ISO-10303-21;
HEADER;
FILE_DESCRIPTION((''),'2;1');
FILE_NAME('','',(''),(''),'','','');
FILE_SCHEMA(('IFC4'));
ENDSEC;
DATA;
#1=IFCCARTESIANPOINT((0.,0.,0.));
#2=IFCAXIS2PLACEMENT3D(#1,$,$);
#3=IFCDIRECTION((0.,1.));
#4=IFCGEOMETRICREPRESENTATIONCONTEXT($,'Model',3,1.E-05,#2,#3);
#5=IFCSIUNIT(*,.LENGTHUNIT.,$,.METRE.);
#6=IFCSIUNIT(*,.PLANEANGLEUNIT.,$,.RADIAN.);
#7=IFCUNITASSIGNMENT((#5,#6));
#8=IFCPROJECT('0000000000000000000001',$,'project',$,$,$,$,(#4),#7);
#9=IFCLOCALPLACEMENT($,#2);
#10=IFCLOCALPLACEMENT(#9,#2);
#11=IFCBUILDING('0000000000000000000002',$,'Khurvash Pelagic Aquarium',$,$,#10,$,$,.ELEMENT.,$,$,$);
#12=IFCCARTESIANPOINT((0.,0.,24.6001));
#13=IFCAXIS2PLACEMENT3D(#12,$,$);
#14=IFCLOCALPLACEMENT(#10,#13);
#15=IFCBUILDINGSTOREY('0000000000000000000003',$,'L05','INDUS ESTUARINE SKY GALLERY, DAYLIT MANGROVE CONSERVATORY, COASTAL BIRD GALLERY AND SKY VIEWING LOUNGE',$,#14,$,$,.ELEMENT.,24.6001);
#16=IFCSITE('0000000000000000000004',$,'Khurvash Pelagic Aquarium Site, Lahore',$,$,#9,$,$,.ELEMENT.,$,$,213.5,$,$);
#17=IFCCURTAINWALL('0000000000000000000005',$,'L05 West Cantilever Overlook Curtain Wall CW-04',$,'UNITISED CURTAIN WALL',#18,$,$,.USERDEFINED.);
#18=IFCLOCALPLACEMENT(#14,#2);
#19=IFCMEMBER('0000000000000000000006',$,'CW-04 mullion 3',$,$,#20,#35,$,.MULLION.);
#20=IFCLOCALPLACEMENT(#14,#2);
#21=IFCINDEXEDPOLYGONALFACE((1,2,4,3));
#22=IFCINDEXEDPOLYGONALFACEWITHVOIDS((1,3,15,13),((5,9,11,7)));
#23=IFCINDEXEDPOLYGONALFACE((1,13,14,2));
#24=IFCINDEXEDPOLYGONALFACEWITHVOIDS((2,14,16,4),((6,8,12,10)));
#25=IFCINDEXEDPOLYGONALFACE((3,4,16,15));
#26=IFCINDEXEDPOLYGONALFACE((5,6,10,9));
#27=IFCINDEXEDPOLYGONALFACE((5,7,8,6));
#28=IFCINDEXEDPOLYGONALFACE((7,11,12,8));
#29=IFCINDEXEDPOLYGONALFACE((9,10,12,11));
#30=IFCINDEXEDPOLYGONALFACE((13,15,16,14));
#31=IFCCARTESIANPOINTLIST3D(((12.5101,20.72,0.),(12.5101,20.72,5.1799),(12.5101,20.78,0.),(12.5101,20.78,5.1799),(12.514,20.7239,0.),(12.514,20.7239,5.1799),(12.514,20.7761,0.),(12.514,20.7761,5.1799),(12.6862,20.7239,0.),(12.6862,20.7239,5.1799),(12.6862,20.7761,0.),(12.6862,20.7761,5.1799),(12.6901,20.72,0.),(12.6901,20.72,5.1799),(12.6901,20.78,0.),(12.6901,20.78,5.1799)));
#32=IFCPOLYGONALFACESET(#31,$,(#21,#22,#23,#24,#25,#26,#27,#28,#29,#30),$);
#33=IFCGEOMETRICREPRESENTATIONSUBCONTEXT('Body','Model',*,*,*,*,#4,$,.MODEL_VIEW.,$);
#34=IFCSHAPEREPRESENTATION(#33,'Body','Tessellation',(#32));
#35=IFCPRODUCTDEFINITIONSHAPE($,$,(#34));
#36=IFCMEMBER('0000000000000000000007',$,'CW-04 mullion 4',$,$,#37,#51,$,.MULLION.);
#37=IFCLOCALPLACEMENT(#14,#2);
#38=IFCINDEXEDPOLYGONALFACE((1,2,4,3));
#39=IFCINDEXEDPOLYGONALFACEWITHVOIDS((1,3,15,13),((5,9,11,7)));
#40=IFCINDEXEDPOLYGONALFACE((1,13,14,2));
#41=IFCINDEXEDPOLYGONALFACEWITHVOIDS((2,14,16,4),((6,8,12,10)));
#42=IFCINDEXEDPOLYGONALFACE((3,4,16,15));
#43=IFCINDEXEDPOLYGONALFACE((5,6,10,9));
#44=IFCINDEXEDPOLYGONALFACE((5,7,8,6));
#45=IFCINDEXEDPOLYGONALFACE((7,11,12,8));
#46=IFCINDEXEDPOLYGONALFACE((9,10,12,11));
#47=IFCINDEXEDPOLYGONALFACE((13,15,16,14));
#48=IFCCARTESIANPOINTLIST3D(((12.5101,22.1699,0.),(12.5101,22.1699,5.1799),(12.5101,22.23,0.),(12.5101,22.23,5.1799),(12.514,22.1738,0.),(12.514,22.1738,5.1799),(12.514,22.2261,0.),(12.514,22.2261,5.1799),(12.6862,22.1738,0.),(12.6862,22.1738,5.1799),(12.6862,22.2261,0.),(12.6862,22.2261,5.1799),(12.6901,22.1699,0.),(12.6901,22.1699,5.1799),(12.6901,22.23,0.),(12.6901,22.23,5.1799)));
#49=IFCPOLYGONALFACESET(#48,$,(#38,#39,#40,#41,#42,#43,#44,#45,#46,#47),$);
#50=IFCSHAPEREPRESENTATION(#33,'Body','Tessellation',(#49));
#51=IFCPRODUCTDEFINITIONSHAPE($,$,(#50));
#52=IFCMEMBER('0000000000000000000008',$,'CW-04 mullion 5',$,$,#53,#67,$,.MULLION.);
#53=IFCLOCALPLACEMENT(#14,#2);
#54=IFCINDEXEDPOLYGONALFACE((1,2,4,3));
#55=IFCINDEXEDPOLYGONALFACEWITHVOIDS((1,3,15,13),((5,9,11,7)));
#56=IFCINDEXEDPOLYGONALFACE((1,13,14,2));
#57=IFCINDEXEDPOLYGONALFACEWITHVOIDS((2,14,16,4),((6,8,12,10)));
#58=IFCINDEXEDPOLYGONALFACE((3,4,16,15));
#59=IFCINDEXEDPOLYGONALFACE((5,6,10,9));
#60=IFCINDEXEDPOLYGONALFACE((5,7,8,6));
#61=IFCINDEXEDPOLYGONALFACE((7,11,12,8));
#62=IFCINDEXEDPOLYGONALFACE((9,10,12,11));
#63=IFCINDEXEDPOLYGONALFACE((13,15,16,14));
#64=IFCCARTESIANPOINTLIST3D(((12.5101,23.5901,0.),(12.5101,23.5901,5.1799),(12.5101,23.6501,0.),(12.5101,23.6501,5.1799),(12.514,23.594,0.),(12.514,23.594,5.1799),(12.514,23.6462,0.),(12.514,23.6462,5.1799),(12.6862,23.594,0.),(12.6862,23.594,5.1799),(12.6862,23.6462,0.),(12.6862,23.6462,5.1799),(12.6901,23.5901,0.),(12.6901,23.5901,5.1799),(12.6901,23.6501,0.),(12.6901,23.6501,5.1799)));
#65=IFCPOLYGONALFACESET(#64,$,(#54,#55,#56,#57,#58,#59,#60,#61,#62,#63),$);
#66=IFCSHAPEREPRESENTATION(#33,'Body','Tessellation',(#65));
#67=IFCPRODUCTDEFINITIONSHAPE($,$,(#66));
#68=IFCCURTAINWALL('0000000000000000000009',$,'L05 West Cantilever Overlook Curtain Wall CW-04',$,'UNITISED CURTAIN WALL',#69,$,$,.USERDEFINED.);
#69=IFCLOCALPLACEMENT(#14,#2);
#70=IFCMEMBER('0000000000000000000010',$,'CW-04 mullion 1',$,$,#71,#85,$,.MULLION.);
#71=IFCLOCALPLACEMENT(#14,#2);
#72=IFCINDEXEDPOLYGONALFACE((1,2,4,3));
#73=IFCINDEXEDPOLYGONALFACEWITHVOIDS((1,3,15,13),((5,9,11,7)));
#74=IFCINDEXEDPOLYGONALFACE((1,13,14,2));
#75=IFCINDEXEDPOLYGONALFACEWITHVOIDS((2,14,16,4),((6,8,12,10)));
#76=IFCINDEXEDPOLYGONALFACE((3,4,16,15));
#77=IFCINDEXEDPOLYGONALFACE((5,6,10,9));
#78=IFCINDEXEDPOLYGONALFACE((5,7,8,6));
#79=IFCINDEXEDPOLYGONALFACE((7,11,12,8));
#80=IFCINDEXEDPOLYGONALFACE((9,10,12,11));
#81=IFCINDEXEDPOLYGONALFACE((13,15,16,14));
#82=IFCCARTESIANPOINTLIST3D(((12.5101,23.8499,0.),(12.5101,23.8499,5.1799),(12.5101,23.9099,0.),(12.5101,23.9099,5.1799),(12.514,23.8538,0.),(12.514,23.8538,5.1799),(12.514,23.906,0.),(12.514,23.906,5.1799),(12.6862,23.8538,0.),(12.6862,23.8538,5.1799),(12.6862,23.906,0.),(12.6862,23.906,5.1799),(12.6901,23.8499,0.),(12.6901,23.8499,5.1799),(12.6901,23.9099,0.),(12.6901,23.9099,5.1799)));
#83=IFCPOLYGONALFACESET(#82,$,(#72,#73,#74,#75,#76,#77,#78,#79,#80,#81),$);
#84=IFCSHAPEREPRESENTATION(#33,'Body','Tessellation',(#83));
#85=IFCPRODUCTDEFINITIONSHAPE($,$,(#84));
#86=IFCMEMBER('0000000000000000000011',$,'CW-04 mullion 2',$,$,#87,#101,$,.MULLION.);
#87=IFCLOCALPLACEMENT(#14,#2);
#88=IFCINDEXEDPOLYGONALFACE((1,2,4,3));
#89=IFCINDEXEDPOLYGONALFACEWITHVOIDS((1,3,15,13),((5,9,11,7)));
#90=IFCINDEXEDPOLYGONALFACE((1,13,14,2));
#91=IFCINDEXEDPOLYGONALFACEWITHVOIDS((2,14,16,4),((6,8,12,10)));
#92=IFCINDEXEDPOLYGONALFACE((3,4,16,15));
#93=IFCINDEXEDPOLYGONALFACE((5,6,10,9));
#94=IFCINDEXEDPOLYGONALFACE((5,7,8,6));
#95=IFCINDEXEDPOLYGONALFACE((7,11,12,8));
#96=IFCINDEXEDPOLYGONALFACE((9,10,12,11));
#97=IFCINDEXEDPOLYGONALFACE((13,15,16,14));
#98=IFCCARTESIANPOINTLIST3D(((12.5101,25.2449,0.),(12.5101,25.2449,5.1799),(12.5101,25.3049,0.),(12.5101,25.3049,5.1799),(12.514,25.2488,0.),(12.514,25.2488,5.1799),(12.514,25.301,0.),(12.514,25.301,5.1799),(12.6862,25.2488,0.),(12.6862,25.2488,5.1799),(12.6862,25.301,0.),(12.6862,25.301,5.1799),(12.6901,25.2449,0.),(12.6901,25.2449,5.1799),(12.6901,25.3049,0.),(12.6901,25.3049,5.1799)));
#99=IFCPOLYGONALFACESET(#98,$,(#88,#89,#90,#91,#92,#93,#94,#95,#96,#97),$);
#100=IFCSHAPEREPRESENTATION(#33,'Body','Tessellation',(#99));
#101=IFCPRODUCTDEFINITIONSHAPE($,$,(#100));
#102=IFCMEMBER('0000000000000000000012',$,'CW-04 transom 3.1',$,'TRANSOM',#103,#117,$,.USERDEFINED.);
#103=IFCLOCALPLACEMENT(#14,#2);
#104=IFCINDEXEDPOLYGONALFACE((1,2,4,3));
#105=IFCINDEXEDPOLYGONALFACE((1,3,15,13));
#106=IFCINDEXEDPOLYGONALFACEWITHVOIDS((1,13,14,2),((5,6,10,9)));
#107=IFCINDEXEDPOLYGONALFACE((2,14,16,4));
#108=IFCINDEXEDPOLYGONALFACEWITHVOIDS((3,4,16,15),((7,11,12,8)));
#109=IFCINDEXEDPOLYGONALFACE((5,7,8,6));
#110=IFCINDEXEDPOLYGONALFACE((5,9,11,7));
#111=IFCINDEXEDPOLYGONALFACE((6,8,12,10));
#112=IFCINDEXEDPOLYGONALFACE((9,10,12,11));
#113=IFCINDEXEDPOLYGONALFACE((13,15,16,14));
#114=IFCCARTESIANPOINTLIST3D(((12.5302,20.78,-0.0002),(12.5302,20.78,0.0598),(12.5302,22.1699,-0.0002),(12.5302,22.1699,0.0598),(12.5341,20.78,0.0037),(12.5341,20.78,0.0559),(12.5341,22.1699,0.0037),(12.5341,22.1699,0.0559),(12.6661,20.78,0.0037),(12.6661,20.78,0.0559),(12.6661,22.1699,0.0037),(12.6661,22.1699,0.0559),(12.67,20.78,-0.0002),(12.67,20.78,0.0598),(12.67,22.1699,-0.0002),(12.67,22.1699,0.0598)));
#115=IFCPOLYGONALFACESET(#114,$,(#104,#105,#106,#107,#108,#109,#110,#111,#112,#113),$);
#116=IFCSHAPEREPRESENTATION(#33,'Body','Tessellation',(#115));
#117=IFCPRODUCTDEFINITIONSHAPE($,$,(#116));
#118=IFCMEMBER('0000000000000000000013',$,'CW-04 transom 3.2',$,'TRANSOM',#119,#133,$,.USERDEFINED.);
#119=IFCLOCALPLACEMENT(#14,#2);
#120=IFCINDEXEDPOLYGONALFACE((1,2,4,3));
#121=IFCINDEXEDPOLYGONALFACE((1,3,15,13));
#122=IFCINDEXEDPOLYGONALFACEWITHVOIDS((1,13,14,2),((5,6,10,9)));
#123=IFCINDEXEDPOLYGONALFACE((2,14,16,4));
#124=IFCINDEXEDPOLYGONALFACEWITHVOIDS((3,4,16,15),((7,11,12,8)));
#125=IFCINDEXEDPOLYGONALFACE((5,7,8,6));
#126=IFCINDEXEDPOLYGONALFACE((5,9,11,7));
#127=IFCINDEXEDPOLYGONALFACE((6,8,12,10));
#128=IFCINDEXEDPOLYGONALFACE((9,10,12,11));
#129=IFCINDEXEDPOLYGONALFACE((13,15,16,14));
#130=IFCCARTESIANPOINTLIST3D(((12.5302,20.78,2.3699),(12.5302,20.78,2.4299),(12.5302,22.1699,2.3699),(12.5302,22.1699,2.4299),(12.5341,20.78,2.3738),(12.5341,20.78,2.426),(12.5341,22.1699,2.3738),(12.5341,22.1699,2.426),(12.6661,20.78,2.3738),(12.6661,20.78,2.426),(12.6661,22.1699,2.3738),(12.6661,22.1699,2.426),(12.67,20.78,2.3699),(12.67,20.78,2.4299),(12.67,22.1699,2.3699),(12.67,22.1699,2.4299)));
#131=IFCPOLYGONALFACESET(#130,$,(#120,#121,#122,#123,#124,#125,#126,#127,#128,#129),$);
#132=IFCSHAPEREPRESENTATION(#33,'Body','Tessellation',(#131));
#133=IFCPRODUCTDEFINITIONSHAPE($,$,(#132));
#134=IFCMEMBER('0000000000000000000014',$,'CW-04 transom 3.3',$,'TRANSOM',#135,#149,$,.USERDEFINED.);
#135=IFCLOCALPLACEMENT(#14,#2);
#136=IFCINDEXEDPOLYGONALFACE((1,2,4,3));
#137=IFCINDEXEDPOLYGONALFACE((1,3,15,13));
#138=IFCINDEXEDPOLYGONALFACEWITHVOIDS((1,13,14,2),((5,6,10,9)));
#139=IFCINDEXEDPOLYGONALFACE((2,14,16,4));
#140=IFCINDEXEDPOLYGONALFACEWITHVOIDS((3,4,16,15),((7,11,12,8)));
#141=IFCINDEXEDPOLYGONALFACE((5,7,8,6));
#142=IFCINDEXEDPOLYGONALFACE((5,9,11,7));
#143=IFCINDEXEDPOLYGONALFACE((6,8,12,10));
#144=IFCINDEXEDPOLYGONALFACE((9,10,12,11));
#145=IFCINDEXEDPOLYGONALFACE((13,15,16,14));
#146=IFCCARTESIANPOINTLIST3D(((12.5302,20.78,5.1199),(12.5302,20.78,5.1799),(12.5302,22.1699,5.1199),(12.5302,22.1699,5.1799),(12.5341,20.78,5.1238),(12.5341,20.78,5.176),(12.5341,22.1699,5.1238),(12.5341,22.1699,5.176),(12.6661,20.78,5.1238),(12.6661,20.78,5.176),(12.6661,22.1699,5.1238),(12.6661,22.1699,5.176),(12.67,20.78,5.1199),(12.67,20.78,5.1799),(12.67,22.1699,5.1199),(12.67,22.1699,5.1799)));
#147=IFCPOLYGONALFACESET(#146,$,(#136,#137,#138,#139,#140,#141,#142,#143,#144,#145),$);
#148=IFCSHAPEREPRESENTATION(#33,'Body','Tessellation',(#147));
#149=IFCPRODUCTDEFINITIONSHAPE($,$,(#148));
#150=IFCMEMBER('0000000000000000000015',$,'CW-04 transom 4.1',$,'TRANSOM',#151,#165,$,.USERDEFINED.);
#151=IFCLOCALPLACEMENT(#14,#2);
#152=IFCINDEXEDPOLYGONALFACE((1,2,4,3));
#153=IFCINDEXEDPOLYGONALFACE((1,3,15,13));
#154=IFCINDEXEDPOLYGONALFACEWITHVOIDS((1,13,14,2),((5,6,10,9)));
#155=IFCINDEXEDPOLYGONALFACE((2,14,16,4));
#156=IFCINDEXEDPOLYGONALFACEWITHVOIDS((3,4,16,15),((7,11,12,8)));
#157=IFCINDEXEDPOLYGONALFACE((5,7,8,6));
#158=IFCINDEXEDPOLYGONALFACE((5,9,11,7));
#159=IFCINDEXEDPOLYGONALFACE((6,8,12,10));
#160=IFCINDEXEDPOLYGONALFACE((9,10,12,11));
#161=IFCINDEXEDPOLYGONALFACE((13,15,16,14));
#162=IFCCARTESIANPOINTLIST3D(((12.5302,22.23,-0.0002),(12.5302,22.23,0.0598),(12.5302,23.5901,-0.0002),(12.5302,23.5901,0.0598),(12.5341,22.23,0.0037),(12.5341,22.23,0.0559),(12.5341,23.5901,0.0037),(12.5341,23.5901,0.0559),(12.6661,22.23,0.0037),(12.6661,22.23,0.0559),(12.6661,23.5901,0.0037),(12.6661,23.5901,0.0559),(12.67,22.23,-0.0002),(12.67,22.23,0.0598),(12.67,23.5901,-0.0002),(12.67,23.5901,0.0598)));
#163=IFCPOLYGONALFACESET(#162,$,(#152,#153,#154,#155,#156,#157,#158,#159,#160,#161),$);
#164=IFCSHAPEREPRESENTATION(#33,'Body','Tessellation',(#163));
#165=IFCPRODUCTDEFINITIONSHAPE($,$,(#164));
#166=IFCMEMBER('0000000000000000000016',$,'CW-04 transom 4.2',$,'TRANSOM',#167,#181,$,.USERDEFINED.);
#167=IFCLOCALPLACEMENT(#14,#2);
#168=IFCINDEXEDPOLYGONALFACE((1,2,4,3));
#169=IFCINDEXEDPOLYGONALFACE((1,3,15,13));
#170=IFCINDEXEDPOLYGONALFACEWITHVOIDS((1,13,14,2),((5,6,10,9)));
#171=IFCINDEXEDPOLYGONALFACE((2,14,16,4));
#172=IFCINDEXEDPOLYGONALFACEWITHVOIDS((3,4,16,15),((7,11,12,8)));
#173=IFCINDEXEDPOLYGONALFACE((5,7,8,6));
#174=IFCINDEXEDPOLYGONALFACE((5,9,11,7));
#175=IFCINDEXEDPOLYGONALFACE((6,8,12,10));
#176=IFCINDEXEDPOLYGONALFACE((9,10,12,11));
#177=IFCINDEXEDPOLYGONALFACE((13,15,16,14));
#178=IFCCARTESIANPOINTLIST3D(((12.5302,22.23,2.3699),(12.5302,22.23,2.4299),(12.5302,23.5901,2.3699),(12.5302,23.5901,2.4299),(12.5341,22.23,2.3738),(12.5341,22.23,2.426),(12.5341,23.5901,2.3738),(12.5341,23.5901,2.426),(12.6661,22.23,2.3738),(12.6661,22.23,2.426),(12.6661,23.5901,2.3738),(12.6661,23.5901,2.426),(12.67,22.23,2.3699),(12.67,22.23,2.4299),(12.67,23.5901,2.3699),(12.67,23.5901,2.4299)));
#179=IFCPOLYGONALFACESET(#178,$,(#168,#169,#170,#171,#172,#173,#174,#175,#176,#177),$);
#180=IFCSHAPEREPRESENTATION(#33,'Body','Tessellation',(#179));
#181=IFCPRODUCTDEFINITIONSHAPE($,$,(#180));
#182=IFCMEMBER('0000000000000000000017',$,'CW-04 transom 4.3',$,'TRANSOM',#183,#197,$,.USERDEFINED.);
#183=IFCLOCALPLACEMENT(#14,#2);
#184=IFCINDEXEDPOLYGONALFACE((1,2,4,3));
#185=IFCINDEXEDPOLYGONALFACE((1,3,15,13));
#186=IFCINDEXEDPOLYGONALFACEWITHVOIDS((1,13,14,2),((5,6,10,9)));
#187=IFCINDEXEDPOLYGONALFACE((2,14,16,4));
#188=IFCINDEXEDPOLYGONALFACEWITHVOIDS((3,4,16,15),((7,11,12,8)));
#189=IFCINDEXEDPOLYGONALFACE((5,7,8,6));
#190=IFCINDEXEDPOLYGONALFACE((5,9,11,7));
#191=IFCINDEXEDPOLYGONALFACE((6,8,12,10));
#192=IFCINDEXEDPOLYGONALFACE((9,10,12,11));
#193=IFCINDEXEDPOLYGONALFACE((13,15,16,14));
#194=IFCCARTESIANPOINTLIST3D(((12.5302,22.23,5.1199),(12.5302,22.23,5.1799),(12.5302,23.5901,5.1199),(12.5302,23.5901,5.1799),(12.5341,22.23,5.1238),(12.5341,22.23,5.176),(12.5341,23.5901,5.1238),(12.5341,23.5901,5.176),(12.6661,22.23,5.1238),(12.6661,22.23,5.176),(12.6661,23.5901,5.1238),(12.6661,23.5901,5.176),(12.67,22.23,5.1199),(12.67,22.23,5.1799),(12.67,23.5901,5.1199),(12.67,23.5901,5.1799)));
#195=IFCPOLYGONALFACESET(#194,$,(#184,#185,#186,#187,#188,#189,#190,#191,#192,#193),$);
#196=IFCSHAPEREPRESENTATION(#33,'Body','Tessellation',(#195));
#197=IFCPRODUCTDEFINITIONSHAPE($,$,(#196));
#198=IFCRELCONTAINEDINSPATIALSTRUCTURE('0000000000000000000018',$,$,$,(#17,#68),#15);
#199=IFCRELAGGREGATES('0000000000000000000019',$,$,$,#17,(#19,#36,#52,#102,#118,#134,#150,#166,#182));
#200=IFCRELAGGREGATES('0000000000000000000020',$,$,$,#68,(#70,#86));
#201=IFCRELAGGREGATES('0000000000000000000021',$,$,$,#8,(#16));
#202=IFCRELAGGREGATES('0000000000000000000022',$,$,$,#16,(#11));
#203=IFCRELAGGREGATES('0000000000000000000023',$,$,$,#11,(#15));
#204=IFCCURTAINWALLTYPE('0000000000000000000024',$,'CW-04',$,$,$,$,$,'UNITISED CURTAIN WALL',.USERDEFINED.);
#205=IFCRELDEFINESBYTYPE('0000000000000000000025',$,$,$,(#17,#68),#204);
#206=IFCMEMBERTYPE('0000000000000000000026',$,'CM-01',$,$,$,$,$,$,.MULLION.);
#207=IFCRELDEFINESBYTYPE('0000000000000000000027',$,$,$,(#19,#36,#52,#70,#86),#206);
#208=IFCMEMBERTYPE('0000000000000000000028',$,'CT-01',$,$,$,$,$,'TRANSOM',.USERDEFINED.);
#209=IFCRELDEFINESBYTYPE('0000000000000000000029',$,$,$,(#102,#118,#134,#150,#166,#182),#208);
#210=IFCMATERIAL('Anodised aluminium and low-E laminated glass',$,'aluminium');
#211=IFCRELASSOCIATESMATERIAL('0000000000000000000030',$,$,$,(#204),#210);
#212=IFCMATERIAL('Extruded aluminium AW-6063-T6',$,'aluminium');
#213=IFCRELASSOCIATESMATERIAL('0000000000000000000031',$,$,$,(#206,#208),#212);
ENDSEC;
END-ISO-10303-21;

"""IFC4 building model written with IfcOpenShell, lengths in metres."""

from ifc_helpers import new_model, si_unit, direction, frame, origin, origin_2d, place, context, subcontext, project, spatial, hollow_rectangle, extrude, material, material_profile, profile_set, type_object, element, aggregate, save


model = new_model("IFC4")

# Units and contexts
model_context = context("Model", 3, precision=1e-05, world=origin(), true_north=direction((0.0, 1.0)))
body_context = subcontext(model_context, "Body", "Model", "MODEL_VIEW")
ifc_project = project(units=[si_unit("LENGTHUNIT", "METRE"), si_unit("PLANEANGLEUNIT", "RADIAN")], contexts=[model_context])

# Site, building, storey
site_placement = place(None, origin())
site = spatial("IfcSite", under=ifc_project, at=site_placement, Name="Khurvash Pelagic Aquarium Site, Lahore", CompositionType="ELEMENT", RefElevation=213.5)
building_placement = place(site_placement, origin())
building = spatial("IfcBuilding", under=site, at=building_placement, Name="Khurvash Pelagic Aquarium", CompositionType="ELEMENT")
storey_placement = place(building_placement, frame((0.0, 0.0, 24.6001)))
storey = spatial("IfcBuildingStorey", under=building, at=storey_placement, Name="L05", Description="INDUS ESTUARINE SKY GALLERY, DAYLIT MANGROVE CONSERVATORY, COASTAL BIRD GALLERY AND SKY VIEWING LOUNGE", CompositionType="ELEMENT", Elevation=24.6001)

# Curtain walls, members
ifc_material_1 = material(Name="Anodised aluminium and low-E laminated glass", Category="aluminium")
curtain_wall_type = type_object("IfcCurtainWallType", Name="CW-04", ElementType="UNITISED CURTAIN WALL", PredefinedType="USERDEFINED", material=ifc_material_1)
curtain_wall_1_placement = place(storey_placement, origin())
curtain_wall_1 = element("IfcCurtainWall", 1, at=curtain_wall_1_placement, inside=storey, type_object=curtain_wall_type, Name="L05 West Cantilever Overlook Curtain Wall CW-04", ObjectType="UNITISED CURTAIN WALL", PredefinedType="USERDEFINED")
ifc_material_2 = material(Name="Extruded aluminium AW-6063-T6", Category="aluminium")
ifc_material_profile_1 = material_profile(ifc_material_2, hollow_rectangle(XDim=0.0601, YDim=0.1799, WallThickness=0.0039, at=origin_2d()), Name="CWM60X180X4")
ifc_profile_set_1 = profile_set([ifc_material_profile_1], Name="Extruded aluminium AW-6063-T6")
member_type_1 = type_object("IfcMemberType", Name="CM-01", PredefinedType="MULLION", material=ifc_profile_set_1)
member_1_placement = place(storey_placement, frame((12.6001, 20.75, 0.0), z_axis=(0.0, 0.0, 1.0), x_axis=(0.0, 1.0, 0.0)))
member_1 = element("IfcMember", 2, at=member_1_placement, type_object=member_type_1, Name="CW-04 mullion 3", PredefinedType="MULLION", context=body_context, shape_type="SweptSolid", body=[
    extrude(hollow_rectangle(XDim=0.0601, YDim=0.1799, WallThickness=0.0039, at=origin_2d()), origin(), (0.0, 0.0, 1.0), 5.1799),
])
member_2_placement = place(storey_placement, frame((12.6001, 22.2, 0.0), z_axis=(0.0, 0.0, 1.0), x_axis=(0.0, 1.0, 0.0)))
member_2 = element("IfcMember", 3, at=member_2_placement, type_object=member_type_1, Name="CW-04 mullion 4", PredefinedType="MULLION", context=body_context, shape_type="SweptSolid", body=[
    extrude(hollow_rectangle(XDim=0.0601, YDim=0.1799, WallThickness=0.0039, at=origin_2d()), origin(), (0.0, 0.0, 1.0), 5.1799),
])
member_3_placement = place(storey_placement, frame((12.6001, 23.6201, 0.0), z_axis=(0.0, 0.0, 1.0), x_axis=(0.0, 1.0, 0.0)))
member_3 = element("IfcMember", 4, at=member_3_placement, type_object=member_type_1, Name="CW-04 mullion 5", PredefinedType="MULLION", context=body_context, shape_type="SweptSolid", body=[
    extrude(hollow_rectangle(XDim=0.0601, YDim=0.1799, WallThickness=0.0039, at=origin_2d()), origin(), (0.0, 0.0, 1.0), 5.1799),
])
curtain_wall_2_placement = place(storey_placement, origin())
curtain_wall_2 = element("IfcCurtainWall", 5, at=curtain_wall_2_placement, inside=storey, type_object=curtain_wall_type, Name="L05 West Cantilever Overlook Curtain Wall CW-04", ObjectType="UNITISED CURTAIN WALL", PredefinedType="USERDEFINED")
member_4_placement = place(storey_placement, frame((12.6001, 23.8799, 0.0), z_axis=(0.0, 0.0, 1.0), x_axis=(0.0, 1.0, 0.0)))
member_4 = element("IfcMember", 6, at=member_4_placement, type_object=member_type_1, Name="CW-04 mullion 1", PredefinedType="MULLION", context=body_context, shape_type="SweptSolid", body=[
    extrude(hollow_rectangle(XDim=0.0601, YDim=0.1799, WallThickness=0.0039, at=origin_2d()), origin(), (0.0, 0.0, 1.0), 5.1799),
])
member_5_placement = place(storey_placement, frame((12.6001, 25.2749, 0.0), z_axis=(0.0, 0.0, 1.0), x_axis=(0.0, 1.0, 0.0)))
member_5 = element("IfcMember", 7, at=member_5_placement, type_object=member_type_1, Name="CW-04 mullion 2", PredefinedType="MULLION", context=body_context, shape_type="SweptSolid", body=[
    extrude(hollow_rectangle(XDim=0.0601, YDim=0.1799, WallThickness=0.0039, at=origin_2d()), origin(), (0.0, 0.0, 1.0), 5.1799),
])

# Members
ifc_material_profile_2 = material_profile(ifc_material_2, hollow_rectangle(XDim=0.1399, YDim=0.0601, WallThickness=0.0039, at=origin_2d()), Name="CWT140X60X4")
ifc_profile_set_2 = profile_set([ifc_material_profile_2], Name="Extruded aluminium AW-6063-T6")
member_type_2 = type_object("IfcMemberType", Name="CT-01", ElementType="TRANSOM", PredefinedType="USERDEFINED", material=ifc_profile_set_2)
member_6_placement = place(storey_placement, frame((12.6001, 20.78, 0.0298), z_axis=(0.0, 1.0, 0.0), x_axis=(-1.0, 0.0, 0.0)))
member_6 = element("IfcMember", 8, at=member_6_placement, type_object=member_type_2, Name="CW-04 transom 3.1", ObjectType="TRANSOM", PredefinedType="USERDEFINED", context=body_context, shape_type="SweptSolid", body=[
    extrude(hollow_rectangle(XDim=0.1399, YDim=0.0601, WallThickness=0.0039, at=origin_2d()), origin(), (0.0, 0.0, 1.0), 1.3899),
])
member_7_placement = place(storey_placement, frame((12.6001, 20.78, 2.3999), z_axis=(0.0, 1.0, 0.0), x_axis=(-1.0, 0.0, 0.0)))
member_7 = element("IfcMember", 9, at=member_7_placement, type_object=member_type_2, Name="CW-04 transom 3.2", ObjectType="TRANSOM", PredefinedType="USERDEFINED", context=body_context, shape_type="SweptSolid", body=[
    extrude(hollow_rectangle(XDim=0.1399, YDim=0.0601, WallThickness=0.0039, at=origin_2d()), origin(), (0.0, 0.0, 1.0), 1.3899),
])
member_8_placement = place(storey_placement, frame((12.6001, 20.78, 5.1499), z_axis=(0.0, 1.0, 0.0), x_axis=(-1.0, 0.0, 0.0)))
member_8 = element("IfcMember", 10, at=member_8_placement, type_object=member_type_2, Name="CW-04 transom 3.3", ObjectType="TRANSOM", PredefinedType="USERDEFINED", context=body_context, shape_type="SweptSolid", body=[
    extrude(hollow_rectangle(XDim=0.1399, YDim=0.0601, WallThickness=0.0039, at=origin_2d()), origin(), (0.0, 0.0, 1.0), 1.3899),
])
member_9_placement = place(storey_placement, frame((12.6001, 22.23, 0.0298), z_axis=(0.0, 1.0, 0.0), x_axis=(-1.0, 0.0, 0.0)))
member_9 = element("IfcMember", 11, at=member_9_placement, type_object=member_type_2, Name="CW-04 transom 4.1", ObjectType="TRANSOM", PredefinedType="USERDEFINED", context=body_context, shape_type="SweptSolid", body=[
    extrude(hollow_rectangle(XDim=0.1399, YDim=0.0601, WallThickness=0.0039, at=origin_2d()), origin(), (0.0, 0.0, 1.0), 1.3601),
])
member_10_placement = place(storey_placement, frame((12.6001, 22.23, 2.3999), z_axis=(0.0, 1.0, 0.0), x_axis=(-1.0, 0.0, 0.0)))
member_10 = element("IfcMember", 12, at=member_10_placement, type_object=member_type_2, Name="CW-04 transom 4.2", ObjectType="TRANSOM", PredefinedType="USERDEFINED", context=body_context, shape_type="SweptSolid", body=[
    extrude(hollow_rectangle(XDim=0.1399, YDim=0.0601, WallThickness=0.0039, at=origin_2d()), origin(), (0.0, 0.0, 1.0), 1.3601),
])
member_11_placement = place(storey_placement, frame((12.6001, 22.23, 5.1499), z_axis=(0.0, 1.0, 0.0), x_axis=(-1.0, 0.0, 0.0)))
member_11 = element("IfcMember", 13, at=member_11_placement, type_object=member_type_2, Name="CW-04 transom 4.3", ObjectType="TRANSOM", PredefinedType="USERDEFINED", context=body_context, shape_type="SweptSolid", body=[
    extrude(hollow_rectangle(XDim=0.1399, YDim=0.0601, WallThickness=0.0039, at=origin_2d()), origin(), (0.0, 0.0, 1.0), 1.3601),
])

aggregate(curtain_wall_1, [member_1, member_2, member_3, member_6, member_7, member_8, member_9, member_10, member_11])
aggregate(curtain_wall_2, [member_4, member_5])

save(model, "model.ifc")
